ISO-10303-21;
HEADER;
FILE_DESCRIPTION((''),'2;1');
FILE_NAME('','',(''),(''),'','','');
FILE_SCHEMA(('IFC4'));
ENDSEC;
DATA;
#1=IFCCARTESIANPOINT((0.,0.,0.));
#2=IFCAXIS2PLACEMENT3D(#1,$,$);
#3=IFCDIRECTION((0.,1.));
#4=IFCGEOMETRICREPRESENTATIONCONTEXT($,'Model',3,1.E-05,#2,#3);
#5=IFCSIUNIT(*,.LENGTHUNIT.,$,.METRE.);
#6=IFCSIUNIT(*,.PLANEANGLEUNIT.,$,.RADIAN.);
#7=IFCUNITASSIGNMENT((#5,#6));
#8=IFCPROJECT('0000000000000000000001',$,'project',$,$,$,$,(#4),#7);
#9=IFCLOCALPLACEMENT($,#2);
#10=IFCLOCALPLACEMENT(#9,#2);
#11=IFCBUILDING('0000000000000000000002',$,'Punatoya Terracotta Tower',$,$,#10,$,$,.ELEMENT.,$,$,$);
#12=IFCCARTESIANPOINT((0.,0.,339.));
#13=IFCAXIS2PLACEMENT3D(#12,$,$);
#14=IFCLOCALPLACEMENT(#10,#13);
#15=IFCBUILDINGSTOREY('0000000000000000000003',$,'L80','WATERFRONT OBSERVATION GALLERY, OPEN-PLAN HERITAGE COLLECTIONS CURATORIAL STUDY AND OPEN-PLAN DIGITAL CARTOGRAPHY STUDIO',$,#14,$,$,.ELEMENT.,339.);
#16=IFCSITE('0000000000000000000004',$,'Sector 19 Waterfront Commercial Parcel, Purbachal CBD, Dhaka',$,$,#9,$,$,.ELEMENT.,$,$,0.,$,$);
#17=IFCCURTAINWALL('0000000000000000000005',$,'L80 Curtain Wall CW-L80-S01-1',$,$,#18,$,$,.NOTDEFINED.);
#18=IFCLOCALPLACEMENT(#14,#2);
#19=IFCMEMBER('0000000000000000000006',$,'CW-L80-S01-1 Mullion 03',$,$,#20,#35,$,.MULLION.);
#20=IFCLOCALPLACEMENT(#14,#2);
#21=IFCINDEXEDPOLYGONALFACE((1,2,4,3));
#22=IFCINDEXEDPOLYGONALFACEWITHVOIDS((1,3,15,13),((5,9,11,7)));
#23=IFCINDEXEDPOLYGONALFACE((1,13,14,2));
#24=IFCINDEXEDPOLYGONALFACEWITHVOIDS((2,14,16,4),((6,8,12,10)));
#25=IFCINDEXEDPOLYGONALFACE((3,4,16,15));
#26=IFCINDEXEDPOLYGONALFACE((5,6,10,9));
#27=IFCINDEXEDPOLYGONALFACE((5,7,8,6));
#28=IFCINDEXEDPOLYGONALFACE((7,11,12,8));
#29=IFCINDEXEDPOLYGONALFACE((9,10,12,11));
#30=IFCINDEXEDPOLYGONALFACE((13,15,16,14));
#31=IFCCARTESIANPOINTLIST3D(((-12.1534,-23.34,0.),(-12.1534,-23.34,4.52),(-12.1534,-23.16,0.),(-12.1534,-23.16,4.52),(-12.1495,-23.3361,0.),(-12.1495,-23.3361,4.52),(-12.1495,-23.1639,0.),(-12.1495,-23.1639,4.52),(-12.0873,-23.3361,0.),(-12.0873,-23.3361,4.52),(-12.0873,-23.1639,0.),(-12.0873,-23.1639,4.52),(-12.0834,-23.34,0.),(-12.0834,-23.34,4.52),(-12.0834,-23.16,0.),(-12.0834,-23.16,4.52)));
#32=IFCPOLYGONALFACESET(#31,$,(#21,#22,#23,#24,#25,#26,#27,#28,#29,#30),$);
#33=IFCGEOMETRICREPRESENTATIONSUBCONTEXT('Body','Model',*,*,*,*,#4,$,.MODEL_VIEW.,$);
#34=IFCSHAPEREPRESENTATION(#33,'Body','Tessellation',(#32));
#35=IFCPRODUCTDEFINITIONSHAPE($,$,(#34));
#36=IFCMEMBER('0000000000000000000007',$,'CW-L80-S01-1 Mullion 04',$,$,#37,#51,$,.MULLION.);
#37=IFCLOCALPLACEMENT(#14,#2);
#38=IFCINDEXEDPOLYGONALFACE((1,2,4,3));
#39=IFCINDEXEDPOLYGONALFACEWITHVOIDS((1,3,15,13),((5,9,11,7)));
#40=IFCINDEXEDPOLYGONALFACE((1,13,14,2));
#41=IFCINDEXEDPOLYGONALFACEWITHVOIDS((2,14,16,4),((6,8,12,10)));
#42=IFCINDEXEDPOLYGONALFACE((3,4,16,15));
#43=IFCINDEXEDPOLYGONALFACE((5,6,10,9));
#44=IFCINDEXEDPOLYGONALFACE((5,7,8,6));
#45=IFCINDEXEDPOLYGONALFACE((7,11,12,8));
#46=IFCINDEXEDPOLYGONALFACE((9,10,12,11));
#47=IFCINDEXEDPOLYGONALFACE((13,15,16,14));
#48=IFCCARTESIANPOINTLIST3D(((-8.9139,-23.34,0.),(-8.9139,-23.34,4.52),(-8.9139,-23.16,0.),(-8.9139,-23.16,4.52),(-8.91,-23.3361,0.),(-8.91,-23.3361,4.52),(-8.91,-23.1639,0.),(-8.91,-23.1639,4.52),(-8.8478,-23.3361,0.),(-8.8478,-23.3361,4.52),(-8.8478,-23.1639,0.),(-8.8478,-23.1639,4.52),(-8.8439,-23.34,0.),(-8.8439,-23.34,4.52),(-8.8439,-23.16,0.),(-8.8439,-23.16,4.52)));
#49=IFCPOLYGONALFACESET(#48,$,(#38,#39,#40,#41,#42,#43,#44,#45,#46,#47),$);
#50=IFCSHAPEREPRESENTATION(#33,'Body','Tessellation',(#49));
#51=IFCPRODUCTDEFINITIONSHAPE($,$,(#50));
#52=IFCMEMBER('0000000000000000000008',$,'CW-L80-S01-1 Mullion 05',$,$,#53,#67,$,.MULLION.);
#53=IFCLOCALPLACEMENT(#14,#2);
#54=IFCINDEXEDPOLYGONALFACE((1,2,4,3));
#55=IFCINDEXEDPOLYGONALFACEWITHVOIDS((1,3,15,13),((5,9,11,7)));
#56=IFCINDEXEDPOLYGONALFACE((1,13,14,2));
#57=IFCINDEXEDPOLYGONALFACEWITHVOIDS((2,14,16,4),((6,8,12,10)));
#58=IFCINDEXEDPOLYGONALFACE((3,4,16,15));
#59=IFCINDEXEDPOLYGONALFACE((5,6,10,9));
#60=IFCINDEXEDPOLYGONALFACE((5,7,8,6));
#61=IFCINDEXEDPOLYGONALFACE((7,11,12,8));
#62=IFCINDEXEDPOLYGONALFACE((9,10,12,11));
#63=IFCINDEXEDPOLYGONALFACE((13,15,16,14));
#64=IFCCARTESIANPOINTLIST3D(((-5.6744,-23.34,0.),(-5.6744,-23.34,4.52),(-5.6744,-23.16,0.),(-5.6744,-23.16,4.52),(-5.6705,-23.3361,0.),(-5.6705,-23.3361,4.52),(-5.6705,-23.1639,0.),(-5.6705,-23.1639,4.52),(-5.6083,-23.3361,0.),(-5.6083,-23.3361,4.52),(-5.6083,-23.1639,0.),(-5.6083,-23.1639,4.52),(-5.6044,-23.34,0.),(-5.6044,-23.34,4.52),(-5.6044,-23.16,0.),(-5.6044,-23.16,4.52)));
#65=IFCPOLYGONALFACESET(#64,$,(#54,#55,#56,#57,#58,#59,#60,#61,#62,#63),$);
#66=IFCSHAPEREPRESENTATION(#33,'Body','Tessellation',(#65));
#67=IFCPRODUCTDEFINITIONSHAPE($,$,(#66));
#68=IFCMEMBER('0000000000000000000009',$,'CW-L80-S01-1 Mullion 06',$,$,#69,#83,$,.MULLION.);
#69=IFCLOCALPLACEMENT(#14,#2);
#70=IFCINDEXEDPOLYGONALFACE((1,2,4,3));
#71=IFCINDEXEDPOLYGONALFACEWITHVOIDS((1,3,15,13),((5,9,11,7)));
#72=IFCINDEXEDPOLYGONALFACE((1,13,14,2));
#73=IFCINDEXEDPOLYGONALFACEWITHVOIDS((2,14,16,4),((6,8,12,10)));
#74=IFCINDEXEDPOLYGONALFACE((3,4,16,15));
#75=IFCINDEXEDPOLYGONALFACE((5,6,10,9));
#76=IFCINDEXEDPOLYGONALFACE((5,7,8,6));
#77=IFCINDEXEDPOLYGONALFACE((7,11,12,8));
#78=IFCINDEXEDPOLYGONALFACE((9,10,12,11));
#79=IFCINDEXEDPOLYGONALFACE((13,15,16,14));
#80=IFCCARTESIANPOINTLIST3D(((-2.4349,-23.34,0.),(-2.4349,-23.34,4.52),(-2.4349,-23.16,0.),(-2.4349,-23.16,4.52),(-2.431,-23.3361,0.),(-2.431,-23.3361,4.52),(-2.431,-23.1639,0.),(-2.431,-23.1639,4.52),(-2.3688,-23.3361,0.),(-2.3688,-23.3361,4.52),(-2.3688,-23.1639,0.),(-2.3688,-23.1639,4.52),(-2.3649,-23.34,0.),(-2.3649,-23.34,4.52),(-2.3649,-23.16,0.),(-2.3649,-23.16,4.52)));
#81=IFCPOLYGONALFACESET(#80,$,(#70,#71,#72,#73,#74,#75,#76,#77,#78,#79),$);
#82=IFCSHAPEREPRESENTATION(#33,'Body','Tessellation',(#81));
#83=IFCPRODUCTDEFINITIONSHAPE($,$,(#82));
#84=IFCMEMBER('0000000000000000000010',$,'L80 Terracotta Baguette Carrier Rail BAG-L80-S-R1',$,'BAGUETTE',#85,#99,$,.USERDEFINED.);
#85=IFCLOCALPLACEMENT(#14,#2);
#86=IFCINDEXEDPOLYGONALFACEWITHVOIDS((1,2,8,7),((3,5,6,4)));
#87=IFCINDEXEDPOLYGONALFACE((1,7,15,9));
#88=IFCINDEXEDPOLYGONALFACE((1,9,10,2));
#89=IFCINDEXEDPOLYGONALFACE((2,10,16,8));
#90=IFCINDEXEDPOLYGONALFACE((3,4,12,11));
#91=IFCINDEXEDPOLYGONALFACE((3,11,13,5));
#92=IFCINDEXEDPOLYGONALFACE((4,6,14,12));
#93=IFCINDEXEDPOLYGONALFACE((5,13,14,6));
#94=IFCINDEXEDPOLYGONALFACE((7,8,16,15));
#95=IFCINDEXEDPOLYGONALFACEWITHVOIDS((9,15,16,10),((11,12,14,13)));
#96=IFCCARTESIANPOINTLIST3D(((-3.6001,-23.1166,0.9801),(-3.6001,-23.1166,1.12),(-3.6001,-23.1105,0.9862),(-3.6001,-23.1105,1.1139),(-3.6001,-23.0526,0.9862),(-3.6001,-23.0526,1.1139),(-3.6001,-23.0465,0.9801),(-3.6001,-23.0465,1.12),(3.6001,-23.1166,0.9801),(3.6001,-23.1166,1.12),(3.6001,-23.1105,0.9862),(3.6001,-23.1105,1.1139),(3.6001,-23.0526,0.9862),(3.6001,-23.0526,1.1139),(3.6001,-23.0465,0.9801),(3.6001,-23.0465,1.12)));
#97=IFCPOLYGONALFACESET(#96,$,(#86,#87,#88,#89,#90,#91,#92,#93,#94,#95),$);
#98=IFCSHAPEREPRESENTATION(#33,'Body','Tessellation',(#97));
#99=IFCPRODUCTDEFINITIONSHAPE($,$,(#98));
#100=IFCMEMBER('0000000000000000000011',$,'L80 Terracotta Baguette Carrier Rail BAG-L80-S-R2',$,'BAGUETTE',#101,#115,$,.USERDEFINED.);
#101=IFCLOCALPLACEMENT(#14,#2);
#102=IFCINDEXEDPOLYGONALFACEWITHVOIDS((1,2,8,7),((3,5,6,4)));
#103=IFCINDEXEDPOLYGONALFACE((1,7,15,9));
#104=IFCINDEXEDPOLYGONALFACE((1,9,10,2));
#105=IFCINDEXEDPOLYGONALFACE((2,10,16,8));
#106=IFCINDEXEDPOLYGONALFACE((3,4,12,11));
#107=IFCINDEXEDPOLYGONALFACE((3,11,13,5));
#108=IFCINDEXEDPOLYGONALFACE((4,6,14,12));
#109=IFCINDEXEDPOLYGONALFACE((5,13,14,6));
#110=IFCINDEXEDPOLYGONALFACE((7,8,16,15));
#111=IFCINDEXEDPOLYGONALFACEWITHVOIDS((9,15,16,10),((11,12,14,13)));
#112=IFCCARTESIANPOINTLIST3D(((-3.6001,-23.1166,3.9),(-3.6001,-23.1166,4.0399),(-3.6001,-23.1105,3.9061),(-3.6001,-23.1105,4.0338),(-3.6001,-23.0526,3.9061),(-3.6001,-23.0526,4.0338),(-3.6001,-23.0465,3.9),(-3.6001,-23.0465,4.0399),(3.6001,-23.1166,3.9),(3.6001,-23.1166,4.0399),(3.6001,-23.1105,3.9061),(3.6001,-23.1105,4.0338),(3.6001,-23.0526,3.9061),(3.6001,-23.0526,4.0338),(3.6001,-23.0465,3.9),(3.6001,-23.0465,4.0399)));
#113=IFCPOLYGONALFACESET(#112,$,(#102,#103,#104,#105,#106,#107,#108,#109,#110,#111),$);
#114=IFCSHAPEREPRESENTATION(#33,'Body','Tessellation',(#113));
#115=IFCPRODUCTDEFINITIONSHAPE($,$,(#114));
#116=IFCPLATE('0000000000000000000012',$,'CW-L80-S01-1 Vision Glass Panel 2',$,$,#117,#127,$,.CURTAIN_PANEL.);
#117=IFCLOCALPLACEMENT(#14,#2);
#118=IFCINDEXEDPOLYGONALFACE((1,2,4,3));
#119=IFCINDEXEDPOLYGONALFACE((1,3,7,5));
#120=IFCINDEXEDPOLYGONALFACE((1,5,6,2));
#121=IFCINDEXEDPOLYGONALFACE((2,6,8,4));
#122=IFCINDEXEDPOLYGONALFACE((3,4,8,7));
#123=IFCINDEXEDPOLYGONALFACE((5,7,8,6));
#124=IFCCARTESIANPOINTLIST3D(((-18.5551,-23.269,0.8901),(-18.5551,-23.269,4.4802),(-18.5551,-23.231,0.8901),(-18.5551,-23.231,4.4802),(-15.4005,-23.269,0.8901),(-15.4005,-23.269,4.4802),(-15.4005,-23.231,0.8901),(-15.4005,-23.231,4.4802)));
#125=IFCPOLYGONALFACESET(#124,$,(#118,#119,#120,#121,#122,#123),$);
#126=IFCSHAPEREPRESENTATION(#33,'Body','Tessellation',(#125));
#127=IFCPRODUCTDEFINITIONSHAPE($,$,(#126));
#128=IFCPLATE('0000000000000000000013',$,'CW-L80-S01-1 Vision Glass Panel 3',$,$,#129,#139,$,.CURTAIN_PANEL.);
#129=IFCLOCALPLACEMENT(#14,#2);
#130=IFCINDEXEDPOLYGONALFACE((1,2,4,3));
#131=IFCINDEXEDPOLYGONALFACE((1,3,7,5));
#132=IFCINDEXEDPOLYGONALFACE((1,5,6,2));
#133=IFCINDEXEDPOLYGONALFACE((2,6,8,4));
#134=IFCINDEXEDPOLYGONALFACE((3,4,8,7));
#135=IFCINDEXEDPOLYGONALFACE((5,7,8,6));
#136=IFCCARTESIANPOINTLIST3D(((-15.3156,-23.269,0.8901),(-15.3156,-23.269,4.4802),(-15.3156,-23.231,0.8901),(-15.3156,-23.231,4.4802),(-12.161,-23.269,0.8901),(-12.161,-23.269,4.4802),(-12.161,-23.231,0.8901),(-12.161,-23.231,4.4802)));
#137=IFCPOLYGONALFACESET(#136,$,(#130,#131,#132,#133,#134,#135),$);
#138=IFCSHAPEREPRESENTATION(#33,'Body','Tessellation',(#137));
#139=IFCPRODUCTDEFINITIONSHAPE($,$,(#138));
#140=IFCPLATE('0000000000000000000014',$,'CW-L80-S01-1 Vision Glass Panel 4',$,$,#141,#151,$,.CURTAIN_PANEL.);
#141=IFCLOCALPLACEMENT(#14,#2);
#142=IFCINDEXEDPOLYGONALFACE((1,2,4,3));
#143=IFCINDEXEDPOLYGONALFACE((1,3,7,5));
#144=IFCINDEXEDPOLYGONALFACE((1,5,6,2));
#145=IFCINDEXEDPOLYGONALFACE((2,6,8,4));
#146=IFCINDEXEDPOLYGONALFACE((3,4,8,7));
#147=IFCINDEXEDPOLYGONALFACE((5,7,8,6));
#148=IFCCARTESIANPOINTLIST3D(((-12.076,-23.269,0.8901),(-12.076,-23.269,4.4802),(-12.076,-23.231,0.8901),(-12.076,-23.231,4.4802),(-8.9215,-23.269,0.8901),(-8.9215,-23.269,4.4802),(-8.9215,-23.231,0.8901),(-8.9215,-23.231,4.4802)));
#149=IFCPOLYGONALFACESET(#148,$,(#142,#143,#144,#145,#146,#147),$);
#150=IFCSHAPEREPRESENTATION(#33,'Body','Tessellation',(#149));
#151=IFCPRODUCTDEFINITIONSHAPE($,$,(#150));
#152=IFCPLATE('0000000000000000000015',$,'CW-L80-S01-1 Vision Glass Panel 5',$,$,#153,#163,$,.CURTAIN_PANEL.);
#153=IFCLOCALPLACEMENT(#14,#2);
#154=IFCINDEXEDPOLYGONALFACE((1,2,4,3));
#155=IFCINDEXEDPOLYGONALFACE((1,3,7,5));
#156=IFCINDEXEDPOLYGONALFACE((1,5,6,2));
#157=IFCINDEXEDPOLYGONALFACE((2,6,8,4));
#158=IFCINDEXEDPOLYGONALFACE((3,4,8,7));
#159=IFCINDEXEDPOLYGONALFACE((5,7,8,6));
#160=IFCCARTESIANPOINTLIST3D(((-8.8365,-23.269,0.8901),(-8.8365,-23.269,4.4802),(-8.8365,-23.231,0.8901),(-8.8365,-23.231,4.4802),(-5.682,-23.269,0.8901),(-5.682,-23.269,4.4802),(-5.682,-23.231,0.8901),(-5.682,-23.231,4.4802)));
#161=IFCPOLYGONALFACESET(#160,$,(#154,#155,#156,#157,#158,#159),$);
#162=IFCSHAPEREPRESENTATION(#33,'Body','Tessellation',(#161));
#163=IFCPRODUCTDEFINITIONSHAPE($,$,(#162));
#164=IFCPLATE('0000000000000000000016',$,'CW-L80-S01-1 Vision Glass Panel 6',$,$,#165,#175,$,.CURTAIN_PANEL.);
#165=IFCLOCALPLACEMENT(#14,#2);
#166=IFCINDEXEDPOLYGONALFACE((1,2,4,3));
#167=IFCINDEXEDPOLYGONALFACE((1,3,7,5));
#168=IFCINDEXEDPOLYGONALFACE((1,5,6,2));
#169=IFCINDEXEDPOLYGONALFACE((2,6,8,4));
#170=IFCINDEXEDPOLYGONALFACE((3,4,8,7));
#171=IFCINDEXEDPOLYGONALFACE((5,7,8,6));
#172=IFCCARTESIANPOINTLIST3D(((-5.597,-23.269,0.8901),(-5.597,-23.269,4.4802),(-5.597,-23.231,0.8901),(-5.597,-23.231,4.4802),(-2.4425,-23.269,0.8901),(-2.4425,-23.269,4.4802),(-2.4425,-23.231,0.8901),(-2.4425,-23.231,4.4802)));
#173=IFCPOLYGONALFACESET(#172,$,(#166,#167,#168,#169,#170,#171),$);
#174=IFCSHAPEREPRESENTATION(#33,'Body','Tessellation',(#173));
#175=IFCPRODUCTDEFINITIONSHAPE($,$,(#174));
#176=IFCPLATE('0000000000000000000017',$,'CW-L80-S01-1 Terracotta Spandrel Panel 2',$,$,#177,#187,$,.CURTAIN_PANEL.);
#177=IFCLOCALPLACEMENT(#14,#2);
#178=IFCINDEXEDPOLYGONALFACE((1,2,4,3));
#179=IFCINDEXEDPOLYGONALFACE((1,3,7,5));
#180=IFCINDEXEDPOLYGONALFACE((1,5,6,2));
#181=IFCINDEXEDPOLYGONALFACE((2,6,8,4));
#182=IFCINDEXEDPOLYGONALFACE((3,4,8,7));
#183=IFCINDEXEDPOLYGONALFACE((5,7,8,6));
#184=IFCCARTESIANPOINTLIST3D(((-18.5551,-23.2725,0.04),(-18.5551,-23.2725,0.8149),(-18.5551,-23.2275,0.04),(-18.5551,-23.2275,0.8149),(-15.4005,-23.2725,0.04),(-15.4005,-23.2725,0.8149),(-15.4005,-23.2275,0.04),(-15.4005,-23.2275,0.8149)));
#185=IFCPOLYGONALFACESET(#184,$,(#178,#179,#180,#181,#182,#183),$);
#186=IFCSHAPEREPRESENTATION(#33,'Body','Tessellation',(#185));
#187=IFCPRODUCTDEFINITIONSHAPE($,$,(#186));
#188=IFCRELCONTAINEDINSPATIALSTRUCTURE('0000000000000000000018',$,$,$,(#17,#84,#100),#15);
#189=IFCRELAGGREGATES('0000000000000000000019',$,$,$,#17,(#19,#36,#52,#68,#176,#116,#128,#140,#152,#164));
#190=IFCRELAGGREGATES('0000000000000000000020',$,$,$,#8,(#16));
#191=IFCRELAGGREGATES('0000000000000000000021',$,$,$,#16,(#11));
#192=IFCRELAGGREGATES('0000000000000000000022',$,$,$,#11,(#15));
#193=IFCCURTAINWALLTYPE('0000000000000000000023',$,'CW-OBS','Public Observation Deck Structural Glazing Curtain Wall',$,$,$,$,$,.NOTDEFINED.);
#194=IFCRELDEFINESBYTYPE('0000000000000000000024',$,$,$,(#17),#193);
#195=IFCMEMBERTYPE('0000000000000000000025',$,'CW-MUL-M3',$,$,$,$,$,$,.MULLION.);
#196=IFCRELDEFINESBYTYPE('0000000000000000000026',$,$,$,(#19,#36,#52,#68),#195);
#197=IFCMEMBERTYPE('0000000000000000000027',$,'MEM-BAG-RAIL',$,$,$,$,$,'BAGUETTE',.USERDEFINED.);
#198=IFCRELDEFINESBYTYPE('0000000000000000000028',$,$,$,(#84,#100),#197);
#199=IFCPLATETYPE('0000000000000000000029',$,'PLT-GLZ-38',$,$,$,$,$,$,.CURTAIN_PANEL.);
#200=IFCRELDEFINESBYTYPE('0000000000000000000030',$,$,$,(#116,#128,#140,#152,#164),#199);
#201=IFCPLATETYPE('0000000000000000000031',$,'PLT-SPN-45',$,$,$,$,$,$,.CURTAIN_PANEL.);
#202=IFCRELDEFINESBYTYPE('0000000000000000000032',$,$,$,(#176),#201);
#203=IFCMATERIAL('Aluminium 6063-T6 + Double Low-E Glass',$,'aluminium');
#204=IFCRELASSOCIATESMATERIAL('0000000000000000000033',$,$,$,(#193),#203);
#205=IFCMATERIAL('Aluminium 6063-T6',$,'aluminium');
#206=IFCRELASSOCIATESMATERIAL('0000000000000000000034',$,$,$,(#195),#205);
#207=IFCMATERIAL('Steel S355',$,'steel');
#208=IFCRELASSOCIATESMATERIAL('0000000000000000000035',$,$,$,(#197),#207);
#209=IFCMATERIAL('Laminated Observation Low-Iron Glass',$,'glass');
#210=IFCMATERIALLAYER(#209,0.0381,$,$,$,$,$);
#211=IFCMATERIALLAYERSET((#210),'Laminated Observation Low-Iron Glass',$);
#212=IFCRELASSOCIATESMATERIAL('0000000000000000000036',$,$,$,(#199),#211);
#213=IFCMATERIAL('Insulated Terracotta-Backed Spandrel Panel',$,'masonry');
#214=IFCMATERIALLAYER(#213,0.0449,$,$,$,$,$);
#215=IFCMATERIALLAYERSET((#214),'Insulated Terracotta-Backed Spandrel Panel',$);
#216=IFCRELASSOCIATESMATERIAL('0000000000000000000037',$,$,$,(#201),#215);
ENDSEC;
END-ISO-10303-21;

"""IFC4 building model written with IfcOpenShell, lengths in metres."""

from ifc_helpers import new_model, si_unit, direction, frame, origin, origin_2d, place, context, subcontext, project, spatial, rectangle, hollow_rectangle, extrude, material, layer, layer_set, material_profile, profile_set, type_object, element, aggregate, save


model = new_model("IFC4")

# Units and contexts
model_context = context("Model", 3, precision=1e-05, world=origin(), true_north=direction((0.0, 1.0)))
body_context = subcontext(model_context, "Body", "Model", "MODEL_VIEW")
ifc_project = project(units=[si_unit("LENGTHUNIT", "METRE"), si_unit("PLANEANGLEUNIT", "RADIAN")], contexts=[model_context])

# Site, building, storey
site_placement = place(None, origin())
site = spatial("IfcSite", under=ifc_project, at=site_placement, Name="Sector 19 Waterfront Commercial Parcel, Purbachal CBD, Dhaka", CompositionType="ELEMENT", RefElevation=0.0)
building_placement = place(site_placement, origin())
building = spatial("IfcBuilding", under=site, at=building_placement, Name="Punatoya Terracotta Tower", CompositionType="ELEMENT")
storey_placement = place(building_placement, frame((0.0, 0.0, 339.0)))
storey = spatial("IfcBuildingStorey", under=building, at=storey_placement, Name="L80", Description="WATERFRONT OBSERVATION GALLERY, OPEN-PLAN HERITAGE COLLECTIONS CURATORIAL STUDY AND OPEN-PLAN DIGITAL CARTOGRAPHY STUDIO", CompositionType="ELEMENT", Elevation=339.0)

# Shared definitions
ifc_material_1 = material(Name="Steel S355", Category="steel")

# Curtain wall, members
ifc_material_2 = material(Name="Aluminium 6063-T6 + Double Low-E Glass", Category="aluminium")
curtain_wall_type = type_object("IfcCurtainWallType", Name="CW-OBS", Description="Public Observation Deck Structural Glazing Curtain Wall", PredefinedType="NOTDEFINED", material=ifc_material_2)
curtain_wall_placement = place(storey_placement, origin())
curtain_wall = element("IfcCurtainWall", 1, at=curtain_wall_placement, inside=storey, type_object=curtain_wall_type, Name="L80 Curtain Wall CW-L80-S01-1", PredefinedType="NOTDEFINED")
ifc_material_3 = material(Name="Aluminium 6063-T6", Category="aluminium")
ifc_material_profile_1 = material_profile(ifc_material_3, hollow_rectangle(XDim=0.0701, YDim=0.1799, WallThickness=0.0039, at=origin_2d()))
ifc_profile_set_1 = profile_set([ifc_material_profile_1], Name="Aluminium 6063-T6")
member_type_1 = type_object("IfcMemberType", Name="CW-MUL-M3", PredefinedType="MULLION", material=ifc_profile_set_1)
member_1_placement = place(storey_placement, frame((-12.1184, -23.25, 0.0), z_axis=(0.0, 0.0, 1.0), x_axis=(1.0, 0.0, 0.0)))
member_1 = element("IfcMember", 2, at=member_1_placement, type_object=member_type_1, Name="CW-L80-S01-1 Mullion 03", PredefinedType="MULLION", context=body_context, shape_type="SweptSolid", body=[
    extrude(hollow_rectangle(XDim=0.0701, YDim=0.1799, WallThickness=0.0039, at=origin_2d()), origin(), (0.0, 0.0, 1.0), 4.52),
])
member_2_placement = place(storey_placement, frame((-8.8789, -23.25, 0.0), z_axis=(0.0, 0.0, 1.0), x_axis=(1.0, 0.0, 0.0)))
member_2 = element("IfcMember", 3, at=member_2_placement, type_object=member_type_1, Name="CW-L80-S01-1 Mullion 04", PredefinedType="MULLION", context=body_context, shape_type="SweptSolid", body=[
    extrude(hollow_rectangle(XDim=0.0701, YDim=0.1799, WallThickness=0.0039, at=origin_2d()), origin(), (0.0, 0.0, 1.0), 4.52),
])
member_3_placement = place(storey_placement, frame((-5.6394, -23.25, 0.0), z_axis=(0.0, 0.0, 1.0), x_axis=(1.0, 0.0, 0.0)))
member_3 = element("IfcMember", 4, at=member_3_placement, type_object=member_type_1, Name="CW-L80-S01-1 Mullion 05", PredefinedType="MULLION", context=body_context, shape_type="SweptSolid", body=[
    extrude(hollow_rectangle(XDim=0.0701, YDim=0.1799, WallThickness=0.0039, at=origin_2d()), origin(), (0.0, 0.0, 1.0), 4.52),
])
member_4_placement = place(storey_placement, frame((-2.3999, -23.25, 0.0), z_axis=(0.0, 0.0, 1.0), x_axis=(1.0, 0.0, 0.0)))
member_4 = element("IfcMember", 5, at=member_4_placement, type_object=member_type_1, Name="CW-L80-S01-1 Mullion 06", PredefinedType="MULLION", context=body_context, shape_type="SweptSolid", body=[
    extrude(hollow_rectangle(XDim=0.0701, YDim=0.1799, WallThickness=0.0039, at=origin_2d()), origin(), (0.0, 0.0, 1.0), 4.52),
])

# Members
ifc_material_profile_2 = material_profile(ifc_material_1, hollow_rectangle(XDim=0.0701, YDim=0.1399, WallThickness=0.0061, at=origin_2d()))
ifc_profile_set_2 = profile_set([ifc_material_profile_2], Name="Steel S355")
member_type_2 = type_object("IfcMemberType", Name="MEM-BAG-RAIL", ElementType="BAGUETTE", PredefinedType="USERDEFINED", material=ifc_profile_set_2)
for number, where, z_axis, x_axis, name in (
    (6, (-3.6001, -23.0815, 1.05), (1.0, 0.0, 0.0), (0.0, 1.0, 0.0), "L80 Terracotta Baguette Carrier Rail BAG-L80-S-R1"),
    (7, (-3.6001, -23.0815, 3.97), (1.0, 0.0, 0.0), (0.0, 1.0, 0.0), "L80 Terracotta Baguette Carrier Rail BAG-L80-S-R2"),
):
    element("IfcMember", number, at=place(storey_placement, frame(where, z_axis=z_axis, x_axis=x_axis)), inside=storey, type_object=member_type_2, Name=name, ObjectType="BAGUETTE", PredefinedType="USERDEFINED", context=body_context, shape_type="SweptSolid", body=[
        extrude(hollow_rectangle(XDim=0.0701, YDim=0.1399, WallThickness=0.0061, at=origin_2d()), origin(), (0.0, 0.0, 1.0), 7.2002),
    ])

# Plates
ifc_material_4 = material(Name="Laminated Observation Low-Iron Glass", Category="glass")
ifc_layer_1 = layer(ifc_material_4, 0.0381)
ifc_layer_set_1 = layer_set([ifc_layer_1], Name="Laminated Observation Low-Iron Glass")
plate_type_1 = type_object("IfcPlateType", Name="PLT-GLZ-38", PredefinedType="CURTAIN_PANEL", material=ifc_layer_set_1)
plate_1_placement = place(storey_placement, frame((-16.9778, -23.25, 0.8901), z_axis=(0.0, 0.0, 1.0), x_axis=(1.0, 0.0, 0.0)))
plate_1 = element("IfcPlate", 8, at=plate_1_placement, type_object=plate_type_1, Name="CW-L80-S01-1 Vision Glass Panel 2", PredefinedType="CURTAIN_PANEL", context=body_context, shape_type="SweptSolid", body=[
    extrude(rectangle(XDim=3.1545, YDim=0.0381, at=origin_2d()), origin(), (0.0, 0.0, 1.0), 3.5901),
])
plate_2_placement = place(storey_placement, frame((-13.7383, -23.25, 0.8901), z_axis=(0.0, 0.0, 1.0), x_axis=(1.0, 0.0, 0.0)))
plate_2 = element("IfcPlate", 9, at=plate_2_placement, type_object=plate_type_1, Name="CW-L80-S01-1 Vision Glass Panel 3", PredefinedType="CURTAIN_PANEL", context=body_context, shape_type="SweptSolid", body=[
    extrude(rectangle(XDim=3.1545, YDim=0.0381, at=origin_2d()), origin(), (0.0, 0.0, 1.0), 3.5901),
])
plate_3_placement = place(storey_placement, frame((-10.4988, -23.25, 0.8901), z_axis=(0.0, 0.0, 1.0), x_axis=(1.0, 0.0, 0.0)))
plate_3 = element("IfcPlate", 10, at=plate_3_placement, type_object=plate_type_1, Name="CW-L80-S01-1 Vision Glass Panel 4", PredefinedType="CURTAIN_PANEL", context=body_context, shape_type="SweptSolid", body=[
    extrude(rectangle(XDim=3.1545, YDim=0.0381, at=origin_2d()), origin(), (0.0, 0.0, 1.0), 3.5901),
])
plate_4_placement = place(storey_placement, frame((-7.2593, -23.25, 0.8901), z_axis=(0.0, 0.0, 1.0), x_axis=(1.0, 0.0, 0.0)))
plate_4 = element("IfcPlate", 11, at=plate_4_placement, type_object=plate_type_1, Name="CW-L80-S01-1 Vision Glass Panel 5", PredefinedType="CURTAIN_PANEL", context=body_context, shape_type="SweptSolid", body=[
    extrude(rectangle(XDim=3.1545, YDim=0.0381, at=origin_2d()), origin(), (0.0, 0.0, 1.0), 3.5901),
])
plate_5_placement = place(storey_placement, frame((-4.0198, -23.25, 0.8901), z_axis=(0.0, 0.0, 1.0), x_axis=(1.0, 0.0, 0.0)))
plate_5 = element("IfcPlate", 12, at=plate_5_placement, type_object=plate_type_1, Name="CW-L80-S01-1 Vision Glass Panel 6", PredefinedType="CURTAIN_PANEL", context=body_context, shape_type="SweptSolid", body=[
    extrude(rectangle(XDim=3.1545, YDim=0.0381, at=origin_2d()), origin(), (0.0, 0.0, 1.0), 3.5901),
])
ifc_material_5 = material(Name="Insulated Terracotta-Backed Spandrel Panel", Category="masonry")
ifc_layer_2 = layer(ifc_material_5, 0.0449)
ifc_layer_set_2 = layer_set([ifc_layer_2], Name="Insulated Terracotta-Backed Spandrel Panel")
plate_type_2 = type_object("IfcPlateType", Name="PLT-SPN-45", PredefinedType="CURTAIN_PANEL", material=ifc_layer_set_2)
plate_6_placement = place(storey_placement, frame((-16.9778, -23.25, 0.04), z_axis=(0.0, 0.0, 1.0), x_axis=(1.0, 0.0, 0.0)))
plate_6 = element("IfcPlate", 13, at=plate_6_placement, type_object=plate_type_2, Name="CW-L80-S01-1 Terracotta Spandrel Panel 2", PredefinedType="CURTAIN_PANEL", context=body_context, shape_type="SweptSolid", body=[
    extrude(rectangle(XDim=3.1545, YDim=0.0449, at=origin_2d()), origin(), (0.0, 0.0, 1.0), 0.7749),
])
aggregate(curtain_wall, [member_1, member_2, member_3, member_4, plate_6, plate_1, plate_2, plate_3, plate_4, plate_5])

save(model, "model.ifc")
